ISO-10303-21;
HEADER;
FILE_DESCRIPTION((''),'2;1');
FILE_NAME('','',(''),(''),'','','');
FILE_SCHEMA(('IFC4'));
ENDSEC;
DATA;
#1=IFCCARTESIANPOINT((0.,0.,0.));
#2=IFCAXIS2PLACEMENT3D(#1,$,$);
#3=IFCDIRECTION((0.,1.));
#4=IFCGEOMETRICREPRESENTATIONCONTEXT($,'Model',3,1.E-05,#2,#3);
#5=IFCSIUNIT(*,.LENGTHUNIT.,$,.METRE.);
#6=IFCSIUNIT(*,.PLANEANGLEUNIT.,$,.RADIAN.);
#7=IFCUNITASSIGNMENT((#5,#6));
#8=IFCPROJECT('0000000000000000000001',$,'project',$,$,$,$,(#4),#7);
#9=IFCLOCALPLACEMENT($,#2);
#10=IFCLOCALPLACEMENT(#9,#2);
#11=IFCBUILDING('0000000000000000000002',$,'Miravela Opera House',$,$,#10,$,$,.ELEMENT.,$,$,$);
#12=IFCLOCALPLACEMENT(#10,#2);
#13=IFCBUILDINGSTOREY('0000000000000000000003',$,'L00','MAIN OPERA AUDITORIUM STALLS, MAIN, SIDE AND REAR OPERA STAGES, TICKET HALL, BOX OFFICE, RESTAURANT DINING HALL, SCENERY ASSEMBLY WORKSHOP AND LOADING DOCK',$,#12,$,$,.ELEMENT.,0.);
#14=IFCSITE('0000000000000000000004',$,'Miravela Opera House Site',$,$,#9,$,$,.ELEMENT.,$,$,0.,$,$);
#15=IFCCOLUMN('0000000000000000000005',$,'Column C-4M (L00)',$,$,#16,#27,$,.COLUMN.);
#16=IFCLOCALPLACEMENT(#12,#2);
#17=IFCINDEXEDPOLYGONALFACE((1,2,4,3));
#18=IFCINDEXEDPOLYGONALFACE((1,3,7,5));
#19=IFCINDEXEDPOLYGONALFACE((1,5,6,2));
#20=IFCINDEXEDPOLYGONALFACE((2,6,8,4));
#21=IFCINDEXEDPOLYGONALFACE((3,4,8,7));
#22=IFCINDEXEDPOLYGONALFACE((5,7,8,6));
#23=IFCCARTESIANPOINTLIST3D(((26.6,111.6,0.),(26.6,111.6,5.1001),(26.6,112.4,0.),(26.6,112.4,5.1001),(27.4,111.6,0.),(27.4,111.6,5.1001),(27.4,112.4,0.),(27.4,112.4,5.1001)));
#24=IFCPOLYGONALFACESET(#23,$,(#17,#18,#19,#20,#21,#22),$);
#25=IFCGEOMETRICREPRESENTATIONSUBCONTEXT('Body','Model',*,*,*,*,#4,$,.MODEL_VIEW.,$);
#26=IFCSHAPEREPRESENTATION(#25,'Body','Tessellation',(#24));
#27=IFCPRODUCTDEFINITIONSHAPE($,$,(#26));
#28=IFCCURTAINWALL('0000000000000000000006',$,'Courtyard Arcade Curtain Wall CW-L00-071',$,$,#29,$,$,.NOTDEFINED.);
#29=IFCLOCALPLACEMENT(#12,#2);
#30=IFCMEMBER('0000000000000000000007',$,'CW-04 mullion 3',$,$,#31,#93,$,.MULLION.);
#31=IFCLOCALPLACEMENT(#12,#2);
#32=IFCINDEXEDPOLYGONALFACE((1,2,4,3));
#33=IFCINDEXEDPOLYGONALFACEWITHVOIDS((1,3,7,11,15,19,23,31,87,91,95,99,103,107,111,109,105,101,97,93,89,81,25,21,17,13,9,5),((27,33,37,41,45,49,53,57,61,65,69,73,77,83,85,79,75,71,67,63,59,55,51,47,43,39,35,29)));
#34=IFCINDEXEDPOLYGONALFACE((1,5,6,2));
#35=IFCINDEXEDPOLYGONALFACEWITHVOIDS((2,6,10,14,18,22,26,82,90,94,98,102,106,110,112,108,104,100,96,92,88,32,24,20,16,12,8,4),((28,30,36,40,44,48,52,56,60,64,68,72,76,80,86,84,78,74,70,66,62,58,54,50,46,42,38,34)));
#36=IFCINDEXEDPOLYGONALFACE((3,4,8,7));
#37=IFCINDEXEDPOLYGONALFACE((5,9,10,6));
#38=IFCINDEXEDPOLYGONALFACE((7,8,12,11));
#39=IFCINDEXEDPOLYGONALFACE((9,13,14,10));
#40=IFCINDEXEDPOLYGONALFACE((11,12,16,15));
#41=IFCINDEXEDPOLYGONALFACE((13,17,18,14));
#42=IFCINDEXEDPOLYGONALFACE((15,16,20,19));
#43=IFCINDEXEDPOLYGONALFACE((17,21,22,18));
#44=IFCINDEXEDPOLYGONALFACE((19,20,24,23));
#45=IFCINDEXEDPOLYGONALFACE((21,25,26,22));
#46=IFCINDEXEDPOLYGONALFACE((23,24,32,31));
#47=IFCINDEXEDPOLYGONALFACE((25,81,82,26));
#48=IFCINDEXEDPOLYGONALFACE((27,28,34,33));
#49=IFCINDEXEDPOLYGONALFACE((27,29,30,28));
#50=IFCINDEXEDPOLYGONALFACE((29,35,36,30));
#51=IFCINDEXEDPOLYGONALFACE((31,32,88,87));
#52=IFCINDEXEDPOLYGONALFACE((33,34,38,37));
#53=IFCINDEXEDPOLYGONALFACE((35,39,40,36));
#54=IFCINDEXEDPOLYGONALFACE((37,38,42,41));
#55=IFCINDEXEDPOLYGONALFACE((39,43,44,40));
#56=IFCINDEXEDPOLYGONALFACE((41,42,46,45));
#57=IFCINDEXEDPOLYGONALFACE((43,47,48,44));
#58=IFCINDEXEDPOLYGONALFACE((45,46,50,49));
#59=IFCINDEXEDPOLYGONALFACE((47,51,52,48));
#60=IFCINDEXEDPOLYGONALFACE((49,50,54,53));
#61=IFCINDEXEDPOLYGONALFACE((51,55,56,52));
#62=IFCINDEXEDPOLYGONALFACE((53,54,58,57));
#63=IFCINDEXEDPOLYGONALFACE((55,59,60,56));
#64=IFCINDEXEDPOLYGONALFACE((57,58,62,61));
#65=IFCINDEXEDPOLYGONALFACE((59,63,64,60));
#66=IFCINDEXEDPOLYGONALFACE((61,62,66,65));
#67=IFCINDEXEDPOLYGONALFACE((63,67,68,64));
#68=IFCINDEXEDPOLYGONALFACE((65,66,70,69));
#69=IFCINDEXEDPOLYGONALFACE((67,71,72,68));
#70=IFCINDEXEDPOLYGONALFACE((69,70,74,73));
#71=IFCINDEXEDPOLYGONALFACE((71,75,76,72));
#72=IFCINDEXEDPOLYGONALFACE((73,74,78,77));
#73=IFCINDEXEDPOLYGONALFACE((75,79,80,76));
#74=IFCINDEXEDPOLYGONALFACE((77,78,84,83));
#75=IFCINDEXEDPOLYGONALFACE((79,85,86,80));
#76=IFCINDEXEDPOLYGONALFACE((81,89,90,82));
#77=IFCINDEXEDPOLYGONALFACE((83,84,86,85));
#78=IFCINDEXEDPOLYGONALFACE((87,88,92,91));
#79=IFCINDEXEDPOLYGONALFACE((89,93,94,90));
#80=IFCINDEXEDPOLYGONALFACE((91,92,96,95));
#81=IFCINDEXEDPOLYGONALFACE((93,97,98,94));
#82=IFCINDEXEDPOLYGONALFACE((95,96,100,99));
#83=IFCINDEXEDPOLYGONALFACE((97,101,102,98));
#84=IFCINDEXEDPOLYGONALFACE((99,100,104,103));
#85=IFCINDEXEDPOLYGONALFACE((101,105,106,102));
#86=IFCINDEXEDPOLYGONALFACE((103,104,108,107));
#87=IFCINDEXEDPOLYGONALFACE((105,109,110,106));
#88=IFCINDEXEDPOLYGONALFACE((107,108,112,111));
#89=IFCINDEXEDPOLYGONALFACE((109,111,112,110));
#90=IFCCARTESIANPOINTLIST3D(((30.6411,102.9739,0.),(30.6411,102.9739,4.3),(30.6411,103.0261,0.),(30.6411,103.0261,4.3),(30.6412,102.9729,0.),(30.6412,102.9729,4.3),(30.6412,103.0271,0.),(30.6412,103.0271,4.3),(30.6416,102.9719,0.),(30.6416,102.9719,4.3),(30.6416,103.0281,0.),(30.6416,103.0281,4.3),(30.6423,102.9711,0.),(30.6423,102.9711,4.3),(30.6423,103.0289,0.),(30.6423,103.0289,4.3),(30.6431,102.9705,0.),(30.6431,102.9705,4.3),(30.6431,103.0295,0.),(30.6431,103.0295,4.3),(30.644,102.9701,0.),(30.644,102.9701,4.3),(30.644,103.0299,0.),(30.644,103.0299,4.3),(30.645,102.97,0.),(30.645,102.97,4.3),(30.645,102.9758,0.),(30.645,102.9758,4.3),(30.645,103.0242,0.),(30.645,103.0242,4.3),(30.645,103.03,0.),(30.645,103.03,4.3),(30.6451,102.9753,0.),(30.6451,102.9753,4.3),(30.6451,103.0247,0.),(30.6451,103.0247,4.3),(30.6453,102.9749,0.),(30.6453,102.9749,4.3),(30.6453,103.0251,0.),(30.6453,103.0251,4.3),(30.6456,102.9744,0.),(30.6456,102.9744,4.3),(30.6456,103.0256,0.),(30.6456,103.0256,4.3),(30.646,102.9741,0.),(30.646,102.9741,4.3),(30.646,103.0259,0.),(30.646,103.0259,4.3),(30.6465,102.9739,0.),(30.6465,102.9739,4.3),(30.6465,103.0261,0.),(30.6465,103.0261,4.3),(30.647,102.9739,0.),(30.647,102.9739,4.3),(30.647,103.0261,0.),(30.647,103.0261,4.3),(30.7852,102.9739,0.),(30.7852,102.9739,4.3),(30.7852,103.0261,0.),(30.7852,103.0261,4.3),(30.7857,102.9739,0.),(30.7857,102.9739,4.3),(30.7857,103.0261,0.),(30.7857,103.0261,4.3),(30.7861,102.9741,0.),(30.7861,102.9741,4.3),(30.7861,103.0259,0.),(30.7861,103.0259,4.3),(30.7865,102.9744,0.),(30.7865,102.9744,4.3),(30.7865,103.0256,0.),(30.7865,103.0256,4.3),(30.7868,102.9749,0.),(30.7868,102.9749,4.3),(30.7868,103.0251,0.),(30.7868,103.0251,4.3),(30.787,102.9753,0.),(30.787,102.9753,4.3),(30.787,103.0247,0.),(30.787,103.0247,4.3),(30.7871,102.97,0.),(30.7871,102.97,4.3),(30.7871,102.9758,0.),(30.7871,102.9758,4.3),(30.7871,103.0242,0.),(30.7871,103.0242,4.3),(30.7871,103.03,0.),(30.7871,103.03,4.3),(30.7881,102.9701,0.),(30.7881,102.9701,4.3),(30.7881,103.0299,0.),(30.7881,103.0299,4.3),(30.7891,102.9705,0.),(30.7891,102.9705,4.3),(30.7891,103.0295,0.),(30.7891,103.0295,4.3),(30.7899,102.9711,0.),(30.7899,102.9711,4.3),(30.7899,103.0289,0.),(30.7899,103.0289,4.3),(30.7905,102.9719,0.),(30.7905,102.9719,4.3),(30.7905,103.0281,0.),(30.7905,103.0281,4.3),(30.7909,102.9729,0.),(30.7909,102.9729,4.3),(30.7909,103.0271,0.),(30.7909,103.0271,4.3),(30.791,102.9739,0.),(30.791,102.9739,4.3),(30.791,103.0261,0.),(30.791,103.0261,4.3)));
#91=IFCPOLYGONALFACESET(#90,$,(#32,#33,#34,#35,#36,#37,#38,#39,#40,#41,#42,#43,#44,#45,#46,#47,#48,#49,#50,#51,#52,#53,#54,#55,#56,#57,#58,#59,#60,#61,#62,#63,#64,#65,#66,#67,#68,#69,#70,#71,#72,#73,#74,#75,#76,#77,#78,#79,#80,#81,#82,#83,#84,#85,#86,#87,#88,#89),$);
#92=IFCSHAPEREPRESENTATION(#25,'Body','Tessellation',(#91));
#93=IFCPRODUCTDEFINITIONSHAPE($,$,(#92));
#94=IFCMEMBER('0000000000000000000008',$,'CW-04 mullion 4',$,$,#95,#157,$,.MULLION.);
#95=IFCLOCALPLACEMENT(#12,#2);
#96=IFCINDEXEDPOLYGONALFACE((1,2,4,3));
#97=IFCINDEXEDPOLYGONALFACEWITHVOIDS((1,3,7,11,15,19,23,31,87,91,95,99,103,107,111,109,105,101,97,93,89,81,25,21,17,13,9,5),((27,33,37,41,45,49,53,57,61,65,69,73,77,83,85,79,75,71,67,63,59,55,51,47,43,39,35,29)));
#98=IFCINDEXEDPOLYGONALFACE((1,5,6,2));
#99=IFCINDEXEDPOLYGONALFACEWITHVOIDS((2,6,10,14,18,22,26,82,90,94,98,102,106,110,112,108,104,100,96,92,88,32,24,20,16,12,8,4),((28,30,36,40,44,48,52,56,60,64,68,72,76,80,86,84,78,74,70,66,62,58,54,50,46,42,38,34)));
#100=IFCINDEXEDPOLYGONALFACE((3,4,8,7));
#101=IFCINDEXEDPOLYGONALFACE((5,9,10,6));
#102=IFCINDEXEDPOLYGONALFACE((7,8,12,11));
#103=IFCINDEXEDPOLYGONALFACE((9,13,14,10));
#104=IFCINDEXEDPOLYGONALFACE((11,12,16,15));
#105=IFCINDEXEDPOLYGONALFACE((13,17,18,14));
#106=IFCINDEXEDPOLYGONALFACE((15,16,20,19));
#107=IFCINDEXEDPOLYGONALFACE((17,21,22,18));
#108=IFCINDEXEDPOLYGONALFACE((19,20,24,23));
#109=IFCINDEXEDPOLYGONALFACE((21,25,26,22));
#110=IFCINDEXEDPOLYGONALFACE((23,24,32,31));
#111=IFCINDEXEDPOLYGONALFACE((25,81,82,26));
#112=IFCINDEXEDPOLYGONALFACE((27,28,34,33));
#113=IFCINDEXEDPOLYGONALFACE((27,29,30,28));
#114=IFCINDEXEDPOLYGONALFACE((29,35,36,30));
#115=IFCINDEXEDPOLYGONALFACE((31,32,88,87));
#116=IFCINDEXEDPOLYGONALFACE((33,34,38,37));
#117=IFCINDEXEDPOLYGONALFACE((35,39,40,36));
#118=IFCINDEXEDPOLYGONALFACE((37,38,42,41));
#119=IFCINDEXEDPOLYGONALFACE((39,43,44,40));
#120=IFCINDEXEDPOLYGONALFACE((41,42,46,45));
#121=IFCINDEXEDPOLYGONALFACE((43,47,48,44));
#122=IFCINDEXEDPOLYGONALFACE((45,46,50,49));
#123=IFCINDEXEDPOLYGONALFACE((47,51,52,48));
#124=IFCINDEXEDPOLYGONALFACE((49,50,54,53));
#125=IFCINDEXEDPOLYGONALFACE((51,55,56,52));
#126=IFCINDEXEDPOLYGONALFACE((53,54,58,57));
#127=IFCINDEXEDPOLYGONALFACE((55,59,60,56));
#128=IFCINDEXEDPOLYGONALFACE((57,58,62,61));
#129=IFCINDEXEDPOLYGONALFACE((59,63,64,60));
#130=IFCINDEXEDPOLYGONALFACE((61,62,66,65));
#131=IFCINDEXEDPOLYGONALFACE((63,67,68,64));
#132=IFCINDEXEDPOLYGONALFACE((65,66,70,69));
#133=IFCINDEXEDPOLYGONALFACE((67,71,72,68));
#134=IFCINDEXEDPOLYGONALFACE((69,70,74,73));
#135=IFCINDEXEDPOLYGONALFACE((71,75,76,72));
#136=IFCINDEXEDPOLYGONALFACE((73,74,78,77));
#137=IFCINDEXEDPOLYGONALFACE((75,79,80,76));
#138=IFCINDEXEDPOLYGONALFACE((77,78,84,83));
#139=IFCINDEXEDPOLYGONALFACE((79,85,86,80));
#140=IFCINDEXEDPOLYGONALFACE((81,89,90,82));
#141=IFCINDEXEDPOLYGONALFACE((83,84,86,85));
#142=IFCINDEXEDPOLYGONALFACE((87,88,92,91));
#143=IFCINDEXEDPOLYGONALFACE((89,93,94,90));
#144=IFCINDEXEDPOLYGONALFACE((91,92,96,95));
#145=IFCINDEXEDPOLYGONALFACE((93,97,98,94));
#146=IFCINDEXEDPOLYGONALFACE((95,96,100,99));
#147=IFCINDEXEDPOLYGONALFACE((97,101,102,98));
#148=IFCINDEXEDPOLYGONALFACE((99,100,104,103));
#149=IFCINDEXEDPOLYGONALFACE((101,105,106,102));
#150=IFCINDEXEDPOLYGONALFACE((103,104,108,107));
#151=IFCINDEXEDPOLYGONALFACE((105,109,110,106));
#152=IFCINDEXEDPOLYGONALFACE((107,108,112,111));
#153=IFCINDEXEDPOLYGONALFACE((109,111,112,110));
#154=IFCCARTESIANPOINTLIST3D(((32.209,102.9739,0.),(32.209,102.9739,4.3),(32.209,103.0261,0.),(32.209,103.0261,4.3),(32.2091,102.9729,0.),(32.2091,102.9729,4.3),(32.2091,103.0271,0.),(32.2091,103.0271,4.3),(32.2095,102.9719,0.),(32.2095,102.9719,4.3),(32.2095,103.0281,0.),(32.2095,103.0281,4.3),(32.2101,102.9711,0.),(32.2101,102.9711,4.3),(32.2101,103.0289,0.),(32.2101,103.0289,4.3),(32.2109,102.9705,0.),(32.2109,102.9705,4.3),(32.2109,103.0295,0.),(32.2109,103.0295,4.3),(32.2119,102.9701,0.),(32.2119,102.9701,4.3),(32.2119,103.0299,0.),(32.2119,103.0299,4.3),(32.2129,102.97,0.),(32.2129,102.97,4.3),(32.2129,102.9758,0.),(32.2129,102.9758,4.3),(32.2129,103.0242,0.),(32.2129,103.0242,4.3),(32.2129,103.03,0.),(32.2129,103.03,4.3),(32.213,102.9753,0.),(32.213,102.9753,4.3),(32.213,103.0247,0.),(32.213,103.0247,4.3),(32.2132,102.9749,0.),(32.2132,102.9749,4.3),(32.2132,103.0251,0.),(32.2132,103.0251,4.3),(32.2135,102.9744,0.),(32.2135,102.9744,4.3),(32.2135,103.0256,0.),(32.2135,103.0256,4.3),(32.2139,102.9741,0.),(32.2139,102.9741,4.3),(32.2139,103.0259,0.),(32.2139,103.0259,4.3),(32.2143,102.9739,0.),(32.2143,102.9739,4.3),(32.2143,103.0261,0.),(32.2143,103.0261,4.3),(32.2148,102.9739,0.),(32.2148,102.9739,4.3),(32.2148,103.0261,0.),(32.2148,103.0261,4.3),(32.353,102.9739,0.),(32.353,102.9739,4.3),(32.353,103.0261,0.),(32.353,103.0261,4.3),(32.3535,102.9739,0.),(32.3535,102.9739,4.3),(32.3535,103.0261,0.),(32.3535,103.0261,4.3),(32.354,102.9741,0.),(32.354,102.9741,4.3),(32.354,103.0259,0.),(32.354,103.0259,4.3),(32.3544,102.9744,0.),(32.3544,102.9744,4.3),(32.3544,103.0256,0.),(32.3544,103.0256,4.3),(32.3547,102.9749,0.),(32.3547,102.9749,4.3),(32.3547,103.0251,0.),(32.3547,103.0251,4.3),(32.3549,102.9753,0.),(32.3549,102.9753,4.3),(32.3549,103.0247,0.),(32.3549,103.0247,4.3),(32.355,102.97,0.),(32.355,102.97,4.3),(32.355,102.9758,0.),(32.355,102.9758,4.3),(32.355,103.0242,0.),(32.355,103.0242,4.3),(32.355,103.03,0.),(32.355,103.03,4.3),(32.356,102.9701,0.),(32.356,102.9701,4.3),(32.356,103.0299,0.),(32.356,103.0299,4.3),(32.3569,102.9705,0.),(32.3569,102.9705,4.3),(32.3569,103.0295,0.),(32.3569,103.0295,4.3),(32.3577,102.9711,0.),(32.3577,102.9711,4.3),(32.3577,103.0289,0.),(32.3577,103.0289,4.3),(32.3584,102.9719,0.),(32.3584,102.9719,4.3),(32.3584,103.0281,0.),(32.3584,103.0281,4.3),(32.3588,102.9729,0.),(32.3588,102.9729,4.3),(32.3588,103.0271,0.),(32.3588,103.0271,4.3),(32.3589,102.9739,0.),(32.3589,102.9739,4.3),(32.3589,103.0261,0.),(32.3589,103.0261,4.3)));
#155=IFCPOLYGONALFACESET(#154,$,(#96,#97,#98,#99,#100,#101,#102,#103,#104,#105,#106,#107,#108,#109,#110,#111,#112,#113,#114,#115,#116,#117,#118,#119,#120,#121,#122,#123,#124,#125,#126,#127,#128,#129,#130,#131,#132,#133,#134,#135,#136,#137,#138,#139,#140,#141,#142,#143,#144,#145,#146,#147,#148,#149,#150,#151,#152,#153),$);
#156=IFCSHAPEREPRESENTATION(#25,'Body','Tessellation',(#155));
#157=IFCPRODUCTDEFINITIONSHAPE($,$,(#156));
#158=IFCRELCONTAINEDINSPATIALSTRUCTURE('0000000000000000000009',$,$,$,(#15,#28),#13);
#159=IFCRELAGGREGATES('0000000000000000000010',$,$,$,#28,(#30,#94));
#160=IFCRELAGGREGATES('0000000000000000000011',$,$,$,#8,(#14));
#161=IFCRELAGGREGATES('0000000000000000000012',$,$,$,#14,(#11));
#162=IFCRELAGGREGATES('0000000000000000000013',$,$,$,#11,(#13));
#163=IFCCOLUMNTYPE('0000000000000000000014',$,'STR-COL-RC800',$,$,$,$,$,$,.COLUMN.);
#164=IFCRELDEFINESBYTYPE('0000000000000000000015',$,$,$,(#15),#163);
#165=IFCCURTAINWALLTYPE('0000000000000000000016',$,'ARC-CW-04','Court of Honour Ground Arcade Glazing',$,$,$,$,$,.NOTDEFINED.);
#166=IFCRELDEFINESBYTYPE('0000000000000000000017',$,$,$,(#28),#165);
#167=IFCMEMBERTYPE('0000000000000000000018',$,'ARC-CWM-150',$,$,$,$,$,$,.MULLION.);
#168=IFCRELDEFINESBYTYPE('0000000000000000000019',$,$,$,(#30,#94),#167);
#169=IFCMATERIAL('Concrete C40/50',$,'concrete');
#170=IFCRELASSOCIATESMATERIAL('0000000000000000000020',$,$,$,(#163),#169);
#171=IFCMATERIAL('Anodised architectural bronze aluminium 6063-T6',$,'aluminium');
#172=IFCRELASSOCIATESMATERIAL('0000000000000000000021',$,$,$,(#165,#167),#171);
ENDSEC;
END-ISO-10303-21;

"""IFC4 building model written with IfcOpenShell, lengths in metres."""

from ifc_helpers import new_model, si_unit, direction, frame, origin, origin_2d, place, context, subcontext, project, spatial, rectangle, hollow_rectangle, extrude, material, material_profile, profile_set, type_object, element, aggregate, save


model = new_model("IFC4")

# Units and contexts
model_context = context("Model", 3, precision=1e-05, world=origin(), true_north=direction((0.0, 1.0)))
body_context = subcontext(model_context, "Body", "Model", "MODEL_VIEW")
ifc_project = project(units=[si_unit("LENGTHUNIT", "METRE"), si_unit("PLANEANGLEUNIT", "RADIAN")], contexts=[model_context])

# Site, building, storey
site_placement = place(None, origin())
site = spatial("IfcSite", under=ifc_project, at=site_placement, Name="Miravela Opera House Site", CompositionType="ELEMENT", RefElevation=0.0)
building_placement = place(site_placement, origin())
building = spatial("IfcBuilding", under=site, at=building_placement, Name="Miravela Opera House", CompositionType="ELEMENT")
storey_placement = place(building_placement, origin())
storey = spatial("IfcBuildingStorey", under=building, at=storey_placement, Name="L00", Description="MAIN OPERA AUDITORIUM STALLS, MAIN, SIDE AND REAR OPERA STAGES, TICKET HALL, BOX OFFICE, RESTAURANT DINING HALL, SCENERY ASSEMBLY WORKSHOP AND LOADING DOCK", CompositionType="ELEMENT", Elevation=0.0)

# Column
ifc_material_1 = material(Name="Concrete C40/50", Category="concrete")
ifc_material_profile_1 = material_profile(ifc_material_1, rectangle(XDim=0.8, YDim=0.8, at=origin_2d()), Name="RC-COL-800X800")
ifc_profile_set_1 = profile_set([ifc_material_profile_1])
column_type = type_object("IfcColumnType", Name="STR-COL-RC800", PredefinedType="COLUMN", material=ifc_profile_set_1)
column_placement = place(storey_placement, frame((27.0, 112.0, 0.0), z_axis=(0.0, 0.0, 1.0), x_axis=(1.0, 0.0, 0.0)))
element("IfcColumn", 1, at=column_placement, inside=storey, type_object=column_type, Name="Column C-4M (L00)", PredefinedType="COLUMN", context=body_context, shape_type="SweptSolid", body=[
    extrude(rectangle(XDim=0.8, YDim=0.8, at=origin_2d()), origin(), (0.0, 0.0, 1.0), 5.1001),
])

# Curtain wall, members
ifc_material_2 = material(Name="Anodised architectural bronze aluminium 6063-T6", Category="aluminium")
curtain_wall_type = type_object("IfcCurtainWallType", Name="ARC-CW-04", Description="Court of Honour Ground Arcade Glazing", PredefinedType="NOTDEFINED", material=ifc_material_2)
curtain_wall_placement = place(storey_placement, origin())
curtain_wall = element("IfcCurtainWall", 2, at=curtain_wall_placement, inside=storey, type_object=curtain_wall_type, Name="Courtyard Arcade Curtain Wall CW-L00-071", PredefinedType="NOTDEFINED")
ifc_material_profile_2 = material_profile(ifc_material_2, hollow_rectangle(XDim=0.0601, YDim=0.1499, WallThickness=0.0039, InnerFilletRadius=0.002, OuterFilletRadius=0.0039, at=origin_2d()), Name="CWM-60X150")
ifc_profile_set_2 = profile_set([ifc_material_profile_2])
member_type_1 = type_object("IfcMemberType", Name="ARC-CWM-150", PredefinedType="MULLION", material=ifc_profile_set_2)
member_1_placement = place(storey_placement, frame((30.7161, 103.0, 0.0), z_axis=(0.0, 0.0, 1.0), x_axis=(0.0, 1.0, 0.0)))
member_1 = element("IfcMember", 3, at=member_1_placement, type_object=member_type_1, Name="CW-04 mullion 3", PredefinedType="MULLION", context=body_context, shape_type="SweptSolid", body=[
    extrude(hollow_rectangle(XDim=0.0601, YDim=0.1499, WallThickness=0.0039, InnerFilletRadius=0.002, OuterFilletRadius=0.0039, at=origin_2d()), origin(), (0.0, 0.0, 1.0), 4.3),
])
member_2_placement = place(storey_placement, frame((32.2839, 103.0, 0.0), z_axis=(0.0, 0.0, 1.0), x_axis=(0.0, 1.0, 0.0)))
member_2 = element("IfcMember", 4, at=member_2_placement, type_object=member_type_1, Name="CW-04 mullion 4", PredefinedType="MULLION", context=body_context, shape_type="SweptSolid", body=[
    extrude(hollow_rectangle(XDim=0.0601, YDim=0.1499, WallThickness=0.0039, InnerFilletRadius=0.002, OuterFilletRadius=0.0039, at=origin_2d()), origin(), (0.0, 0.0, 1.0), 4.3),
])

aggregate(curtain_wall, [member_1, member_2])

save(model, "model.ifc")
